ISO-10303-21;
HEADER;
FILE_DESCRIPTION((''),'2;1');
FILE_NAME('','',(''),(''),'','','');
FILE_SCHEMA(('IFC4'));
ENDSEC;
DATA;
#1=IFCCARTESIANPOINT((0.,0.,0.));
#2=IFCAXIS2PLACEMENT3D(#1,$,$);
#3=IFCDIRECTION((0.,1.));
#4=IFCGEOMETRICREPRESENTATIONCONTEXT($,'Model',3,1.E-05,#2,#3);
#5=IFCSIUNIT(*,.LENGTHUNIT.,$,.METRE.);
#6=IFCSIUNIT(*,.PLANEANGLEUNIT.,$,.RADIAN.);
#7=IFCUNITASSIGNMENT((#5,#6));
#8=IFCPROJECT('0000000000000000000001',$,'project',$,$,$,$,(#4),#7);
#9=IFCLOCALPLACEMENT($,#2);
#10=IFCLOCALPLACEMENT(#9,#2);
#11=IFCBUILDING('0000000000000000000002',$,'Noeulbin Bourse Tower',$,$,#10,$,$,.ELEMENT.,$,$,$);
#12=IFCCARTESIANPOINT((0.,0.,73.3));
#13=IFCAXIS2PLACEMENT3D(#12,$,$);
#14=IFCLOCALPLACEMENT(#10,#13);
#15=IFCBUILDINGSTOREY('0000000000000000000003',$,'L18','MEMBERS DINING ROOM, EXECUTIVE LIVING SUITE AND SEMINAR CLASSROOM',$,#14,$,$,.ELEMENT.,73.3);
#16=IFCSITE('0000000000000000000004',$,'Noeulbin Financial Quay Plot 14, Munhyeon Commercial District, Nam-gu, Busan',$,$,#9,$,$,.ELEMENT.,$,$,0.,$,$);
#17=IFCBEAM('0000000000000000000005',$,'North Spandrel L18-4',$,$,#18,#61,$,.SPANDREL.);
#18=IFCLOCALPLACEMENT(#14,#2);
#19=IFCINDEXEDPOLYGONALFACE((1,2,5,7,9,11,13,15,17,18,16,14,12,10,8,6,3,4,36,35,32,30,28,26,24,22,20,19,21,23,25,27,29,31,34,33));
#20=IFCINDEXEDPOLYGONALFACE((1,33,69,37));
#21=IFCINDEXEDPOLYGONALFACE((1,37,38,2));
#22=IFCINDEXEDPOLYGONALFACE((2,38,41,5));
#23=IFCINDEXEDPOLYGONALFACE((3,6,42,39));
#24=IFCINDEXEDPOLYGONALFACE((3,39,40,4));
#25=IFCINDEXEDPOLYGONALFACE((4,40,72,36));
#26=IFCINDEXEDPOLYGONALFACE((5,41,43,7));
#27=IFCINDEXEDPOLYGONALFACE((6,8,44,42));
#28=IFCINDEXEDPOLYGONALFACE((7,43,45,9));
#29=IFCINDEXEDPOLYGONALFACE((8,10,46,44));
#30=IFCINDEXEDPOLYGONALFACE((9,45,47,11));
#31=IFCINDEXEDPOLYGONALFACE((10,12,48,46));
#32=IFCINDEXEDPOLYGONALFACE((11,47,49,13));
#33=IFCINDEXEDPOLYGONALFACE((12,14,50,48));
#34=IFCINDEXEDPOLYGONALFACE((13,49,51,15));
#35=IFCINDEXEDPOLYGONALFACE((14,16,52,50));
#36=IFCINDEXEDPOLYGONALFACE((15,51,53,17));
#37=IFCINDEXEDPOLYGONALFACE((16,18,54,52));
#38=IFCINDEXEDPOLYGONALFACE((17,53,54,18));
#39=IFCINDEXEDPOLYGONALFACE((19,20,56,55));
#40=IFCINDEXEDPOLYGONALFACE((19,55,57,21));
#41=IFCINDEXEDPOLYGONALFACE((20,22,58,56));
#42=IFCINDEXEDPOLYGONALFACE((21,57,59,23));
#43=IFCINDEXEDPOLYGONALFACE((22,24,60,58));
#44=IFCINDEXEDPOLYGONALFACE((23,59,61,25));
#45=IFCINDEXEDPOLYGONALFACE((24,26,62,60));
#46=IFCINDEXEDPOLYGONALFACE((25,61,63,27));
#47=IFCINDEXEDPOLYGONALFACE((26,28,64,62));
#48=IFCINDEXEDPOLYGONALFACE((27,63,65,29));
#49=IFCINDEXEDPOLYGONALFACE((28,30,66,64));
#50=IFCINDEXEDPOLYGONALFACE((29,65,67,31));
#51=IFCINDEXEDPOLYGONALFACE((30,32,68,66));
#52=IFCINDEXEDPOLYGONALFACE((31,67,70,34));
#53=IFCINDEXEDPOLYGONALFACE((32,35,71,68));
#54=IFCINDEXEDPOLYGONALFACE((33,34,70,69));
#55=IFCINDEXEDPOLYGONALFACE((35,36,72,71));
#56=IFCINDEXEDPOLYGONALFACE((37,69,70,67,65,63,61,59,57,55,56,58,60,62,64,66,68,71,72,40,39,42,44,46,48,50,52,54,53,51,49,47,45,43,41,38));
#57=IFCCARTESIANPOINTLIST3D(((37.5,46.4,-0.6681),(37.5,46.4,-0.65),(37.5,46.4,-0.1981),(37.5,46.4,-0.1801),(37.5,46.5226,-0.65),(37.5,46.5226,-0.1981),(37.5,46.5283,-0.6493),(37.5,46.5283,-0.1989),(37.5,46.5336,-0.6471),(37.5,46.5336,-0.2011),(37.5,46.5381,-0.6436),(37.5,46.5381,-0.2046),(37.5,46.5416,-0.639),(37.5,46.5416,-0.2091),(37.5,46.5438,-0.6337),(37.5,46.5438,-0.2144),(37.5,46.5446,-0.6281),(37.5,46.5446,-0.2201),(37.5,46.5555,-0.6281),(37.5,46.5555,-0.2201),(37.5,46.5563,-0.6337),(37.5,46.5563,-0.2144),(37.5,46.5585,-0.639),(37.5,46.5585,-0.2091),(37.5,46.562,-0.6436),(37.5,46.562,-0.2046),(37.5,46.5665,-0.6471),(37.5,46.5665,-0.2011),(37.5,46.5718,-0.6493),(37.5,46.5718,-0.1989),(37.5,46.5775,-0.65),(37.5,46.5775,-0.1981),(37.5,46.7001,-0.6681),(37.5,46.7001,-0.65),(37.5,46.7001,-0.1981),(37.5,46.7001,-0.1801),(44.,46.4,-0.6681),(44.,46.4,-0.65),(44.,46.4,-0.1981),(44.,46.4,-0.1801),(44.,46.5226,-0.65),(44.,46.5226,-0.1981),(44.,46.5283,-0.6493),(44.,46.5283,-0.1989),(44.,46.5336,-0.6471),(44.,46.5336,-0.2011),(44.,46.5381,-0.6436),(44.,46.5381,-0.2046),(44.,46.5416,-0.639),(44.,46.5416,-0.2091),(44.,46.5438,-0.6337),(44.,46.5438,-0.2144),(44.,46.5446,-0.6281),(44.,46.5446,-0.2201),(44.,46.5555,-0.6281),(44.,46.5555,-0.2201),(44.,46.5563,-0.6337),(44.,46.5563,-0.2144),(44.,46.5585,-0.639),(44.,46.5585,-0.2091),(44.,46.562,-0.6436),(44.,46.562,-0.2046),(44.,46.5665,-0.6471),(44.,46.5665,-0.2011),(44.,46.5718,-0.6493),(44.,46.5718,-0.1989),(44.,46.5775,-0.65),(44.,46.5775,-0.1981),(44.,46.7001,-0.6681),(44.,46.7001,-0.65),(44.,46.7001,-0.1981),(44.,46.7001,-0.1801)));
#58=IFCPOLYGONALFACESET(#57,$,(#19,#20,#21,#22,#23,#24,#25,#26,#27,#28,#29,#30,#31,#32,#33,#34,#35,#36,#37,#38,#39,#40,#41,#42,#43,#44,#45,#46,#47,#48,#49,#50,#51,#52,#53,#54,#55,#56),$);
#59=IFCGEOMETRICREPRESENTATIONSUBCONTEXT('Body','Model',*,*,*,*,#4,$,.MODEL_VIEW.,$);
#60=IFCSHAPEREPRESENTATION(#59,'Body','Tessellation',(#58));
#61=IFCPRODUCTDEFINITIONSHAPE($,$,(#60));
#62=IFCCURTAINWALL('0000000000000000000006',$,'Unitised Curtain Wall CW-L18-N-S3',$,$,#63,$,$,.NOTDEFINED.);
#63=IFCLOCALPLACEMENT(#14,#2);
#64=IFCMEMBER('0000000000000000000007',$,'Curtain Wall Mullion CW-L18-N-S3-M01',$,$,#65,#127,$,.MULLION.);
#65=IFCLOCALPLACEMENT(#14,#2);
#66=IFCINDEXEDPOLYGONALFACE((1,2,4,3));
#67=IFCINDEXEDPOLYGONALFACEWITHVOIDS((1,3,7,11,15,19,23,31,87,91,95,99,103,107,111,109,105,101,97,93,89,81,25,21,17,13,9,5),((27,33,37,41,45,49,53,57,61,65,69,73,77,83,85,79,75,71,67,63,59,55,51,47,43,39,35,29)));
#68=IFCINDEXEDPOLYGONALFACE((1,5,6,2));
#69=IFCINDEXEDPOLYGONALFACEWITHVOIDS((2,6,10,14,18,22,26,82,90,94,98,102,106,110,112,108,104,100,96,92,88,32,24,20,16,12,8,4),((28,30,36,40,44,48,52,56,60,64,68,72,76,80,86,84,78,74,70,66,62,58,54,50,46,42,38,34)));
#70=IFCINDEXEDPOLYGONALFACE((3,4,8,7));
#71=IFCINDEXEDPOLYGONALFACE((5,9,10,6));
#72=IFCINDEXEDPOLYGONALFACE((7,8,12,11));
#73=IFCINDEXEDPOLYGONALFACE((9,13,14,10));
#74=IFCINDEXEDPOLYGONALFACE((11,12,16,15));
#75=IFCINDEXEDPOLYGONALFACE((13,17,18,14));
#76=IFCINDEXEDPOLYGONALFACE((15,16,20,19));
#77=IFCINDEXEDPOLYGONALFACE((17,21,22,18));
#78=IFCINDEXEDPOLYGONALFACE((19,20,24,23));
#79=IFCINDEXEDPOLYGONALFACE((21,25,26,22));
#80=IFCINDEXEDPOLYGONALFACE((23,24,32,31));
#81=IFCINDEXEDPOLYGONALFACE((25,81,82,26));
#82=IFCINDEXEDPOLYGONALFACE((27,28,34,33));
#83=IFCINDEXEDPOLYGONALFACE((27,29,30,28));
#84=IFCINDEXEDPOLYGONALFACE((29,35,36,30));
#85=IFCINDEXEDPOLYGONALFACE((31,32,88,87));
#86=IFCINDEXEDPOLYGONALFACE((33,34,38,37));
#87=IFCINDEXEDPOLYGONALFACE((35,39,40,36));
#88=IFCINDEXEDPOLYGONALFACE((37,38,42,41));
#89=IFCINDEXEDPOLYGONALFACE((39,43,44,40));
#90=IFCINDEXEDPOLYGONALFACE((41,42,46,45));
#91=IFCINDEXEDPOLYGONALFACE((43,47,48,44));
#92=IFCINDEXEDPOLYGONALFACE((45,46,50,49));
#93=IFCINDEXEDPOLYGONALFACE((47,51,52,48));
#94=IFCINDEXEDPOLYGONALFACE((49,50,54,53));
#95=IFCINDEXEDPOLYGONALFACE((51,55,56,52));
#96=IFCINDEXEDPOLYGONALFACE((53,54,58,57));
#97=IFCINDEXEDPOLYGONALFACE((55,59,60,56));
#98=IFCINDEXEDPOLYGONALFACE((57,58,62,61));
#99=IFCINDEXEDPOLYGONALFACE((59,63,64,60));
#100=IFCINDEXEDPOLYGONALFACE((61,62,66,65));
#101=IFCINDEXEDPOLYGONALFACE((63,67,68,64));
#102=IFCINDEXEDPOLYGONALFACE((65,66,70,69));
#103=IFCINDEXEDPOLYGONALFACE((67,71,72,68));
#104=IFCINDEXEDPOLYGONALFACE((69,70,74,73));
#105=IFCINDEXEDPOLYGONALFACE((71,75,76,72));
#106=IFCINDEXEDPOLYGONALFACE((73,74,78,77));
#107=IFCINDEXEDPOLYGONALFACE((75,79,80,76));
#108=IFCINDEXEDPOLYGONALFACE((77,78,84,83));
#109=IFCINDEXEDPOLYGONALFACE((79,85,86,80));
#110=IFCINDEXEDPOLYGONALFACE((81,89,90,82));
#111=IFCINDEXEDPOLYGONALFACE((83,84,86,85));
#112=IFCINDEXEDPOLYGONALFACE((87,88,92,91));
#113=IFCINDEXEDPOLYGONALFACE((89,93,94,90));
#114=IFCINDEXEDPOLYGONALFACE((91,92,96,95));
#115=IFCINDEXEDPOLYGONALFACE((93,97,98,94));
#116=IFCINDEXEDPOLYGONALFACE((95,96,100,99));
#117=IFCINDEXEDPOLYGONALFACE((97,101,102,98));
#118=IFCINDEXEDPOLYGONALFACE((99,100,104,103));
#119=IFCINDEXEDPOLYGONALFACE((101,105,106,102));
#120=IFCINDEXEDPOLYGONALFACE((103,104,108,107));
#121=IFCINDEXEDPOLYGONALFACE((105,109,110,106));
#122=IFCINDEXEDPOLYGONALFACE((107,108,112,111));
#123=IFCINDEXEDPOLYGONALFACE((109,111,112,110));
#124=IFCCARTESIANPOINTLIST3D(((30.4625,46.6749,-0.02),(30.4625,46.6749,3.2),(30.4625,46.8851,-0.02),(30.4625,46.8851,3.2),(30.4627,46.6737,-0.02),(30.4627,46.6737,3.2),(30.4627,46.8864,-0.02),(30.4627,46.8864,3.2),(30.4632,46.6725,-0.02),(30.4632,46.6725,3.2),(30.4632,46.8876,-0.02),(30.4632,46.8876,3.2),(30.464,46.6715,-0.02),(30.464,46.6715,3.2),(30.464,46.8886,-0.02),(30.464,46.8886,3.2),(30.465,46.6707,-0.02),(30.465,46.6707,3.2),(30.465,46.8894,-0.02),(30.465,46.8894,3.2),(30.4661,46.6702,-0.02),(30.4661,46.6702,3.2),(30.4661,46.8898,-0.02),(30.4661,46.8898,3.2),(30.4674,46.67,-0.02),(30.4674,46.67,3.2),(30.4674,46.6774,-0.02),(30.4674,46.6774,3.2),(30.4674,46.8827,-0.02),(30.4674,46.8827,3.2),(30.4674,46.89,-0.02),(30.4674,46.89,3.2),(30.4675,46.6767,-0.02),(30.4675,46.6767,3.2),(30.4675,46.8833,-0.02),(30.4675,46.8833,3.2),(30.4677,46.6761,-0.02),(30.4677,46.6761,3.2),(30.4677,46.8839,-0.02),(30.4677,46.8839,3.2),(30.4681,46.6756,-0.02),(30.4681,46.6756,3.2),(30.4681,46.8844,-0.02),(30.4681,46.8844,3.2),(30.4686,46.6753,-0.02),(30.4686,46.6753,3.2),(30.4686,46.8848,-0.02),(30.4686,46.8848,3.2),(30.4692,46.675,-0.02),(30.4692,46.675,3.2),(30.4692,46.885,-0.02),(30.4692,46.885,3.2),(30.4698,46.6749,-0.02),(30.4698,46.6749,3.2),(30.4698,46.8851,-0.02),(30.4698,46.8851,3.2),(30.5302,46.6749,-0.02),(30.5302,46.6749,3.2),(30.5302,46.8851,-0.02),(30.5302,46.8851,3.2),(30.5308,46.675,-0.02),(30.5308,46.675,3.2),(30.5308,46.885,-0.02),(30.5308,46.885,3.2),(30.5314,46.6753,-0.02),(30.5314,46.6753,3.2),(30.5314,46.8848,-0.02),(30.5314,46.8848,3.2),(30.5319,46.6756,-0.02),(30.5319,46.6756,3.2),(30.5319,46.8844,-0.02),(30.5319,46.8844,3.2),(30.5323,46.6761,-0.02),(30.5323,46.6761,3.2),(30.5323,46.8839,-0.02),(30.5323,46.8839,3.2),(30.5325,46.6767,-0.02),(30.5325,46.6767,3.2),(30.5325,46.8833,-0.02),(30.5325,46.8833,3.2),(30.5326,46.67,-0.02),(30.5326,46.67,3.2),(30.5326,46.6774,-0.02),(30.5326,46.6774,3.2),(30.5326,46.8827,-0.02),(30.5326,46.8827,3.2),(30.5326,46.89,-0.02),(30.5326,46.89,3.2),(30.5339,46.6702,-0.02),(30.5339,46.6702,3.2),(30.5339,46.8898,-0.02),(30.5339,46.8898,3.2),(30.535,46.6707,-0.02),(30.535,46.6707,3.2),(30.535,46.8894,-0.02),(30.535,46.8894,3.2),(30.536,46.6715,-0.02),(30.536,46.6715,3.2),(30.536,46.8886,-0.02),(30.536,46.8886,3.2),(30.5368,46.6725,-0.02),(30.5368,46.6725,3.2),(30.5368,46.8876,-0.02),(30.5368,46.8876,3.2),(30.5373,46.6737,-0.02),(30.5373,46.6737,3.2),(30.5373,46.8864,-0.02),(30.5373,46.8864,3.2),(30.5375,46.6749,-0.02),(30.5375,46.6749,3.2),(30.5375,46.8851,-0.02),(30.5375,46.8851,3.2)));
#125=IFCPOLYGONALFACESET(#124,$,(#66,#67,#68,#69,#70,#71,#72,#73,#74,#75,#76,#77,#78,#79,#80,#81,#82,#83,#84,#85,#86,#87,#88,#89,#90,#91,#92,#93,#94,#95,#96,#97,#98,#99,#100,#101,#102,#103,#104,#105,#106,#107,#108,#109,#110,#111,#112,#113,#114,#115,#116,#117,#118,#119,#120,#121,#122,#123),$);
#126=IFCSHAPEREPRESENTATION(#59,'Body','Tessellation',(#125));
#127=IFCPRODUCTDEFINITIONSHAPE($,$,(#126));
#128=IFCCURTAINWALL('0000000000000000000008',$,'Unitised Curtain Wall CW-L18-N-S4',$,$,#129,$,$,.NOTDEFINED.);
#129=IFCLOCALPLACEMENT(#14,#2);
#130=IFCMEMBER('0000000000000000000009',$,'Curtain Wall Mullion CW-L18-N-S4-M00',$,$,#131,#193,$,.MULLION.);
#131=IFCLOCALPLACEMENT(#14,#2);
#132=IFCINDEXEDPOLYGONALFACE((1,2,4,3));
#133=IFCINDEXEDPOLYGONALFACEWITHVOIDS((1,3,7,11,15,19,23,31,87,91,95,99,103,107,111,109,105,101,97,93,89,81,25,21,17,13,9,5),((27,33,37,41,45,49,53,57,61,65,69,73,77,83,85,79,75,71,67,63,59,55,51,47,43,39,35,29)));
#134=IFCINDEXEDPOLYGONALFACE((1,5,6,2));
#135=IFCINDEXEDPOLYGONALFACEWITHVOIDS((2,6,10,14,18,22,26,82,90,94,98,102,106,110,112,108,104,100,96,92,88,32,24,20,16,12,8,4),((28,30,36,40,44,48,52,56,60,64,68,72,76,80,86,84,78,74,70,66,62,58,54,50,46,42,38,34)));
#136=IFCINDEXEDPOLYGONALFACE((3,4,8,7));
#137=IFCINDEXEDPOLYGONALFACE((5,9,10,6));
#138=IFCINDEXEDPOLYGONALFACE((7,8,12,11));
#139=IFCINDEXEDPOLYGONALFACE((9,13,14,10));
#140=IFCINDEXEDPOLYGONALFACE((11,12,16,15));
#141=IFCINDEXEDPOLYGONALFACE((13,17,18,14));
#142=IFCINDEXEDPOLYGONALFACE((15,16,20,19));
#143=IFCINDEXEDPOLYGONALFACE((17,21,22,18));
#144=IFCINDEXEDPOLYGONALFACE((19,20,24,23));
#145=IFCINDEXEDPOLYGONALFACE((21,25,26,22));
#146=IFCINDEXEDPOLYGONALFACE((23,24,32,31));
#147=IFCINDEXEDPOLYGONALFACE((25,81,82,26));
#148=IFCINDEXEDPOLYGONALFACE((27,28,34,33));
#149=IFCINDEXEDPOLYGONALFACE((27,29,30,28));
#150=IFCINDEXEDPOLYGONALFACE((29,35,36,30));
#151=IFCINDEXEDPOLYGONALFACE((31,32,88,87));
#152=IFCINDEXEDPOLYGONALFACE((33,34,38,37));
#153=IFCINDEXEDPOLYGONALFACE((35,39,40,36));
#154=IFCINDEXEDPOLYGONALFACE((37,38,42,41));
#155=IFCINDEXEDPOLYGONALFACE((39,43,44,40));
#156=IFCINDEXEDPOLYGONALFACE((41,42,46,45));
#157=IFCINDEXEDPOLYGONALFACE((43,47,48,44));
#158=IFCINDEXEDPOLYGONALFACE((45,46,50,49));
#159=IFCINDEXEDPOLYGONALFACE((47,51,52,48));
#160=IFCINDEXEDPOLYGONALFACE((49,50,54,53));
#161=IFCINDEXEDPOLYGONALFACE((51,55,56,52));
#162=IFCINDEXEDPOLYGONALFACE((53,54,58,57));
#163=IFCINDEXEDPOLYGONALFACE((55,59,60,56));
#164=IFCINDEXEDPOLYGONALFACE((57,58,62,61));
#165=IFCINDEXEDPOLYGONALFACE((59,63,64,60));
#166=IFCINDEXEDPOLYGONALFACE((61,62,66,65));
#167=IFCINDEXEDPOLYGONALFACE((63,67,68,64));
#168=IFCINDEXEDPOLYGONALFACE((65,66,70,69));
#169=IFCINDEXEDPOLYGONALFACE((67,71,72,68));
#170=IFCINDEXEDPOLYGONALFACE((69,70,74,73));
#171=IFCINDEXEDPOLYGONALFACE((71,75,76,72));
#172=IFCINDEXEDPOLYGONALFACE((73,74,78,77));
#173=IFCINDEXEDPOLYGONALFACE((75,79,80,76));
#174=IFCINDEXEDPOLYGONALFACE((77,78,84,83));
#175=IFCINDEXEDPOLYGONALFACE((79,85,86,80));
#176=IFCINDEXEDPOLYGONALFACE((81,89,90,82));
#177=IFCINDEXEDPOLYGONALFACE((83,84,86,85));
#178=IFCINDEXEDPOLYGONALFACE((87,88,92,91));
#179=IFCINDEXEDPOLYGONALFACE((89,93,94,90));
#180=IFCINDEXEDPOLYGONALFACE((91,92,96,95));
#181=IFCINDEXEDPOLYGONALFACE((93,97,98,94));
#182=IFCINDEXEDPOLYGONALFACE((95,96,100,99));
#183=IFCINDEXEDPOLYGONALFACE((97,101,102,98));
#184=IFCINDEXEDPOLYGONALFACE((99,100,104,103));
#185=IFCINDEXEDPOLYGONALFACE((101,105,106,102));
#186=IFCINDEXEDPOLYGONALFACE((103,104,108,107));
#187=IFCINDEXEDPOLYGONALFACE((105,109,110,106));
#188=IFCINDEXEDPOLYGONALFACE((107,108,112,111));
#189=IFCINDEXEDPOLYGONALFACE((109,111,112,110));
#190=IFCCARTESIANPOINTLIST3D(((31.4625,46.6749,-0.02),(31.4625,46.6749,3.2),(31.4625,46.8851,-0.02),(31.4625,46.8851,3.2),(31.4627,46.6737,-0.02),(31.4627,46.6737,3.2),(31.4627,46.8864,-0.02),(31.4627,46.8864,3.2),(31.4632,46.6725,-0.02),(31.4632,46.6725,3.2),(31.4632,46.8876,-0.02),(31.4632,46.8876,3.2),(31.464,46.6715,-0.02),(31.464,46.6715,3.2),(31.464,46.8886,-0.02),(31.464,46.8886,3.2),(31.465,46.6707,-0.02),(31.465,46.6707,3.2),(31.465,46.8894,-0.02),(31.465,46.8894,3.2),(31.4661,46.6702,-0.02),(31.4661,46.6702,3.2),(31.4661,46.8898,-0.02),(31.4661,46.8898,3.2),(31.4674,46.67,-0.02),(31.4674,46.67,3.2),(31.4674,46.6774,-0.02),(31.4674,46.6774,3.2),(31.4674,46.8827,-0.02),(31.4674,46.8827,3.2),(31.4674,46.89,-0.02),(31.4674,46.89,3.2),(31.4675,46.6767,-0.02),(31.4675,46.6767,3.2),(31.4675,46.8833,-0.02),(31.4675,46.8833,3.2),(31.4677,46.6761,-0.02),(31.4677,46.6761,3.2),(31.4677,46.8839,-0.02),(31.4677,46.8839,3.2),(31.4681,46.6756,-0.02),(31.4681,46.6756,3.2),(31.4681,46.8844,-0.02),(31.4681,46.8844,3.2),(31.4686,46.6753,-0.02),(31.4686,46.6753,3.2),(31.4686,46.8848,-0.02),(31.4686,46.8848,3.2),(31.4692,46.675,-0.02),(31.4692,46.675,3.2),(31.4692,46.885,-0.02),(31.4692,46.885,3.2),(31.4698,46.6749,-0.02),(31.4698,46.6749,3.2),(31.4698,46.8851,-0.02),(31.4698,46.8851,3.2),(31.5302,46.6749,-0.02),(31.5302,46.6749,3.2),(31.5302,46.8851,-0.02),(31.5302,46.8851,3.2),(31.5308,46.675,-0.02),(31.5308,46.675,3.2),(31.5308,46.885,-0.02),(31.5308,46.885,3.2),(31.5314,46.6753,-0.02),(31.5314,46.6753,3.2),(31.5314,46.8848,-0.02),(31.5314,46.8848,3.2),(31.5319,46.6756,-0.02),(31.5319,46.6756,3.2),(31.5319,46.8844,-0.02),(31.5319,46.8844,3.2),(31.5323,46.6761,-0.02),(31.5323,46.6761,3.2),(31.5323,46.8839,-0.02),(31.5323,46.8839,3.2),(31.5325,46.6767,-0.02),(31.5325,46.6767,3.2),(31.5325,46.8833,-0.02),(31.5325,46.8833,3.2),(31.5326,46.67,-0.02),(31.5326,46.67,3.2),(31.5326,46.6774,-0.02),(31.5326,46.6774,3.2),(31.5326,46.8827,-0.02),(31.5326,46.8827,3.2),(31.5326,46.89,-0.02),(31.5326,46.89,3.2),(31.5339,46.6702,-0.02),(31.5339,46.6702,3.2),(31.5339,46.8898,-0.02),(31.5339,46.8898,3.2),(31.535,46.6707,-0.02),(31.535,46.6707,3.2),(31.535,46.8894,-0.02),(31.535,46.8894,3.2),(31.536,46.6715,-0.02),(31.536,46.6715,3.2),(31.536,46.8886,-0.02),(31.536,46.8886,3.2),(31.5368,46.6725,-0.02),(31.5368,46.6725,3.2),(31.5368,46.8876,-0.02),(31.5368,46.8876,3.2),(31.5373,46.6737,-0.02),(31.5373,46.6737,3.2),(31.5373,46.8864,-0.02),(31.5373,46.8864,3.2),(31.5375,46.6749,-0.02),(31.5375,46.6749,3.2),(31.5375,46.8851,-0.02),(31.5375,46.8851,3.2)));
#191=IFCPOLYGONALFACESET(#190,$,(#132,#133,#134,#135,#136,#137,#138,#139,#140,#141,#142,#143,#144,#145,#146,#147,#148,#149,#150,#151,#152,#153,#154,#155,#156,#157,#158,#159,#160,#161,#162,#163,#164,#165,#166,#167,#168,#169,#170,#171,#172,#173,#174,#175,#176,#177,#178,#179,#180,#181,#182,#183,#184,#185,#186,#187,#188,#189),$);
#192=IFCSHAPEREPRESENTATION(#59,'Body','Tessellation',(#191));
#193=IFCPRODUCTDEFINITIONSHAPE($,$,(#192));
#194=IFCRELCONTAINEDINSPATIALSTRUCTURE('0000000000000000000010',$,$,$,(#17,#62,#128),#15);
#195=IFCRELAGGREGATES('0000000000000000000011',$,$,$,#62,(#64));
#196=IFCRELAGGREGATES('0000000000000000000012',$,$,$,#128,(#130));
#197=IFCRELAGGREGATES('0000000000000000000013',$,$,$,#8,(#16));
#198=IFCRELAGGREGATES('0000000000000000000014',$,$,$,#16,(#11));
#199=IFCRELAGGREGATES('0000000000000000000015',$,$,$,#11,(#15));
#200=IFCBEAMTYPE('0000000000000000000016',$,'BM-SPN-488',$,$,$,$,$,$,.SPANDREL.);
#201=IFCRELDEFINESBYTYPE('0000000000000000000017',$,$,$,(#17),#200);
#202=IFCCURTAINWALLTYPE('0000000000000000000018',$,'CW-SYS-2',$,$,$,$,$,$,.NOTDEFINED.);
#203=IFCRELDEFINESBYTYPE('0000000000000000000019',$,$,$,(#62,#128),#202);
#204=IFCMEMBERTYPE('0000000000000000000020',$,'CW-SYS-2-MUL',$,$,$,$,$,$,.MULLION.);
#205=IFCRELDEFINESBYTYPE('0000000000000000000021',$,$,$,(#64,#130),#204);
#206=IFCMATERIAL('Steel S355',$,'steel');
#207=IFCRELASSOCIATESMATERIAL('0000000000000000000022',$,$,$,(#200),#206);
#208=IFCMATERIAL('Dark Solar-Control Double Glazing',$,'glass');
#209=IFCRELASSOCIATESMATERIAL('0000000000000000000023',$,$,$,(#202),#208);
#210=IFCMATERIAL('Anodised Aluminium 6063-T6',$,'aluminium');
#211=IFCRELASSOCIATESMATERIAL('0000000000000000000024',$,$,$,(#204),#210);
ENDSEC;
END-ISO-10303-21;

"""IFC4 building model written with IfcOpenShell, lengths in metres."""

from ifc_helpers import new_model, si_unit, direction, frame, origin, origin_2d, place, context, subcontext, project, spatial, hollow_rectangle, i_section, extrude, material, material_profile, profile_set, type_object, element, aggregate, save


model = new_model("IFC4")

# Units and contexts
model_context = context("Model", 3, precision=1e-05, world=origin(), true_north=direction((0.0, 1.0)))
body_context = subcontext(model_context, "Body", "Model", "MODEL_VIEW")
ifc_project = project(units=[si_unit("LENGTHUNIT", "METRE"), si_unit("PLANEANGLEUNIT", "RADIAN")], contexts=[model_context])

# Site, building, storey
site_placement = place(None, origin())
site = spatial("IfcSite", under=ifc_project, at=site_placement, Name="Noeulbin Financial Quay Plot 14, Munhyeon Commercial District, Nam-gu, Busan", CompositionType="ELEMENT", RefElevation=0.0)
building_placement = place(site_placement, origin())
building = spatial("IfcBuilding", under=site, at=building_placement, Name="Noeulbin Bourse Tower", CompositionType="ELEMENT")
storey_placement = place(building_placement, frame((0.0, 0.0, 73.3)))
storey = spatial("IfcBuildingStorey", under=building, at=storey_placement, Name="L18", Description="MEMBERS DINING ROOM, EXECUTIVE LIVING SUITE AND SEMINAR CLASSROOM", CompositionType="ELEMENT", Elevation=73.3)

# Beam
ifc_material_1 = material(Name="Steel S355", Category="steel")
ifc_material_profile_1 = material_profile(ifc_material_1, i_section(OverallWidth=0.3, OverallDepth=0.488, WebThickness=0.011, FlangeThickness=0.0181, FilletRadius=0.022, at=origin_2d()), Name="H-488x300x11x18", Category="LoadBearing")
ifc_profile_set_1 = profile_set([ifc_material_profile_1], Name="Steel S355")
beam_type_1 = type_object("IfcBeamType", Name="BM-SPN-488", PredefinedType="SPANDREL", material=ifc_profile_set_1)
for number, where, z_axis, x_axis, name in (
    (1, (37.5, 46.55, -0.4241), (1.0, 0.0, 0.0), (0.0, 1.0, 0.0), "North Spandrel L18-4"),
):
    element("IfcBeam", number, at=place(storey_placement, frame(where, z_axis=z_axis, x_axis=x_axis)), inside=storey, type_object=beam_type_1, Name=name, PredefinedType="SPANDREL", context=body_context, shape_type="SweptSolid", body=[
        extrude(i_section(OverallWidth=0.3, OverallDepth=0.488, WebThickness=0.011, FlangeThickness=0.0181, FilletRadius=0.022, at=origin_2d()), origin(), (0.0, 0.0, 1.0), 6.5),
    ])

# Curtain wall, member
ifc_material_2 = material(Name="Dark Solar-Control Double Glazing", Category="glass")
curtain_wall_type = type_object("IfcCurtainWallType", Name="CW-SYS-2", PredefinedType="NOTDEFINED", material=ifc_material_2)
curtain_wall_1_placement = place(storey_placement, origin())
curtain_wall_1 = element("IfcCurtainWall", 2, at=curtain_wall_1_placement, inside=storey, type_object=curtain_wall_type, Name="Unitised Curtain Wall CW-L18-N-S3", PredefinedType="NOTDEFINED")
ifc_material_3 = material(Name="Anodised Aluminium 6063-T6", Category="aluminium")
ifc_material_profile_2 = material_profile(ifc_material_3, hollow_rectangle(XDim=0.075, YDim=0.22, WallThickness=0.0049, InnerFilletRadius=0.0024, OuterFilletRadius=0.0049, at=origin_2d()), Name="ALU-MULL-75x220x5", Category="LoadBearing")
ifc_profile_set_2 = profile_set([ifc_material_profile_2], Name="Anodised Aluminium 6063-T6")
member_type_1 = type_object("IfcMemberType", Name="CW-SYS-2-MUL", PredefinedType="MULLION", material=ifc_profile_set_2)
member_1_placement = place(storey_placement, frame((30.5, 46.78, -0.02), z_axis=(0.0, 0.0, 1.0), x_axis=(1.0, 0.0, 0.0)))
member_1 = element("IfcMember", 3, at=member_1_placement, type_object=member_type_1, Name="Curtain Wall Mullion CW-L18-N-S3-M01", PredefinedType="MULLION", context=body_context, shape_type="SweptSolid", body=[
    extrude(hollow_rectangle(XDim=0.075, YDim=0.22, WallThickness=0.0049, InnerFilletRadius=0.0024, OuterFilletRadius=0.0049, at=origin_2d()), origin(), (0.0, 0.0, 1.0), 3.22),
])
aggregate(curtain_wall_1, [member_1])

# Curtain wall, member
curtain_wall_2_placement = place(storey_placement, origin())
curtain_wall_2 = element("IfcCurtainWall", 4, at=curtain_wall_2_placement, inside=storey, type_object=curtain_wall_type, Name="Unitised Curtain Wall CW-L18-N-S4", PredefinedType="NOTDEFINED")
member_2_placement = place(storey_placement, frame((31.5, 46.78, -0.02), z_axis=(0.0, 0.0, 1.0), x_axis=(1.0, 0.0, 0.0)))
member_2 = element("IfcMember", 5, at=member_2_placement, type_object=member_type_1, Name="Curtain Wall Mullion CW-L18-N-S4-M00", PredefinedType="MULLION", context=body_context, shape_type="SweptSolid", body=[
    extrude(hollow_rectangle(XDim=0.075, YDim=0.22, WallThickness=0.0049, InnerFilletRadius=0.0024, OuterFilletRadius=0.0049, at=origin_2d()), origin(), (0.0, 0.0, 1.0), 3.22),
])

aggregate(curtain_wall_2, [member_2])

save(model, "model.ifc")
